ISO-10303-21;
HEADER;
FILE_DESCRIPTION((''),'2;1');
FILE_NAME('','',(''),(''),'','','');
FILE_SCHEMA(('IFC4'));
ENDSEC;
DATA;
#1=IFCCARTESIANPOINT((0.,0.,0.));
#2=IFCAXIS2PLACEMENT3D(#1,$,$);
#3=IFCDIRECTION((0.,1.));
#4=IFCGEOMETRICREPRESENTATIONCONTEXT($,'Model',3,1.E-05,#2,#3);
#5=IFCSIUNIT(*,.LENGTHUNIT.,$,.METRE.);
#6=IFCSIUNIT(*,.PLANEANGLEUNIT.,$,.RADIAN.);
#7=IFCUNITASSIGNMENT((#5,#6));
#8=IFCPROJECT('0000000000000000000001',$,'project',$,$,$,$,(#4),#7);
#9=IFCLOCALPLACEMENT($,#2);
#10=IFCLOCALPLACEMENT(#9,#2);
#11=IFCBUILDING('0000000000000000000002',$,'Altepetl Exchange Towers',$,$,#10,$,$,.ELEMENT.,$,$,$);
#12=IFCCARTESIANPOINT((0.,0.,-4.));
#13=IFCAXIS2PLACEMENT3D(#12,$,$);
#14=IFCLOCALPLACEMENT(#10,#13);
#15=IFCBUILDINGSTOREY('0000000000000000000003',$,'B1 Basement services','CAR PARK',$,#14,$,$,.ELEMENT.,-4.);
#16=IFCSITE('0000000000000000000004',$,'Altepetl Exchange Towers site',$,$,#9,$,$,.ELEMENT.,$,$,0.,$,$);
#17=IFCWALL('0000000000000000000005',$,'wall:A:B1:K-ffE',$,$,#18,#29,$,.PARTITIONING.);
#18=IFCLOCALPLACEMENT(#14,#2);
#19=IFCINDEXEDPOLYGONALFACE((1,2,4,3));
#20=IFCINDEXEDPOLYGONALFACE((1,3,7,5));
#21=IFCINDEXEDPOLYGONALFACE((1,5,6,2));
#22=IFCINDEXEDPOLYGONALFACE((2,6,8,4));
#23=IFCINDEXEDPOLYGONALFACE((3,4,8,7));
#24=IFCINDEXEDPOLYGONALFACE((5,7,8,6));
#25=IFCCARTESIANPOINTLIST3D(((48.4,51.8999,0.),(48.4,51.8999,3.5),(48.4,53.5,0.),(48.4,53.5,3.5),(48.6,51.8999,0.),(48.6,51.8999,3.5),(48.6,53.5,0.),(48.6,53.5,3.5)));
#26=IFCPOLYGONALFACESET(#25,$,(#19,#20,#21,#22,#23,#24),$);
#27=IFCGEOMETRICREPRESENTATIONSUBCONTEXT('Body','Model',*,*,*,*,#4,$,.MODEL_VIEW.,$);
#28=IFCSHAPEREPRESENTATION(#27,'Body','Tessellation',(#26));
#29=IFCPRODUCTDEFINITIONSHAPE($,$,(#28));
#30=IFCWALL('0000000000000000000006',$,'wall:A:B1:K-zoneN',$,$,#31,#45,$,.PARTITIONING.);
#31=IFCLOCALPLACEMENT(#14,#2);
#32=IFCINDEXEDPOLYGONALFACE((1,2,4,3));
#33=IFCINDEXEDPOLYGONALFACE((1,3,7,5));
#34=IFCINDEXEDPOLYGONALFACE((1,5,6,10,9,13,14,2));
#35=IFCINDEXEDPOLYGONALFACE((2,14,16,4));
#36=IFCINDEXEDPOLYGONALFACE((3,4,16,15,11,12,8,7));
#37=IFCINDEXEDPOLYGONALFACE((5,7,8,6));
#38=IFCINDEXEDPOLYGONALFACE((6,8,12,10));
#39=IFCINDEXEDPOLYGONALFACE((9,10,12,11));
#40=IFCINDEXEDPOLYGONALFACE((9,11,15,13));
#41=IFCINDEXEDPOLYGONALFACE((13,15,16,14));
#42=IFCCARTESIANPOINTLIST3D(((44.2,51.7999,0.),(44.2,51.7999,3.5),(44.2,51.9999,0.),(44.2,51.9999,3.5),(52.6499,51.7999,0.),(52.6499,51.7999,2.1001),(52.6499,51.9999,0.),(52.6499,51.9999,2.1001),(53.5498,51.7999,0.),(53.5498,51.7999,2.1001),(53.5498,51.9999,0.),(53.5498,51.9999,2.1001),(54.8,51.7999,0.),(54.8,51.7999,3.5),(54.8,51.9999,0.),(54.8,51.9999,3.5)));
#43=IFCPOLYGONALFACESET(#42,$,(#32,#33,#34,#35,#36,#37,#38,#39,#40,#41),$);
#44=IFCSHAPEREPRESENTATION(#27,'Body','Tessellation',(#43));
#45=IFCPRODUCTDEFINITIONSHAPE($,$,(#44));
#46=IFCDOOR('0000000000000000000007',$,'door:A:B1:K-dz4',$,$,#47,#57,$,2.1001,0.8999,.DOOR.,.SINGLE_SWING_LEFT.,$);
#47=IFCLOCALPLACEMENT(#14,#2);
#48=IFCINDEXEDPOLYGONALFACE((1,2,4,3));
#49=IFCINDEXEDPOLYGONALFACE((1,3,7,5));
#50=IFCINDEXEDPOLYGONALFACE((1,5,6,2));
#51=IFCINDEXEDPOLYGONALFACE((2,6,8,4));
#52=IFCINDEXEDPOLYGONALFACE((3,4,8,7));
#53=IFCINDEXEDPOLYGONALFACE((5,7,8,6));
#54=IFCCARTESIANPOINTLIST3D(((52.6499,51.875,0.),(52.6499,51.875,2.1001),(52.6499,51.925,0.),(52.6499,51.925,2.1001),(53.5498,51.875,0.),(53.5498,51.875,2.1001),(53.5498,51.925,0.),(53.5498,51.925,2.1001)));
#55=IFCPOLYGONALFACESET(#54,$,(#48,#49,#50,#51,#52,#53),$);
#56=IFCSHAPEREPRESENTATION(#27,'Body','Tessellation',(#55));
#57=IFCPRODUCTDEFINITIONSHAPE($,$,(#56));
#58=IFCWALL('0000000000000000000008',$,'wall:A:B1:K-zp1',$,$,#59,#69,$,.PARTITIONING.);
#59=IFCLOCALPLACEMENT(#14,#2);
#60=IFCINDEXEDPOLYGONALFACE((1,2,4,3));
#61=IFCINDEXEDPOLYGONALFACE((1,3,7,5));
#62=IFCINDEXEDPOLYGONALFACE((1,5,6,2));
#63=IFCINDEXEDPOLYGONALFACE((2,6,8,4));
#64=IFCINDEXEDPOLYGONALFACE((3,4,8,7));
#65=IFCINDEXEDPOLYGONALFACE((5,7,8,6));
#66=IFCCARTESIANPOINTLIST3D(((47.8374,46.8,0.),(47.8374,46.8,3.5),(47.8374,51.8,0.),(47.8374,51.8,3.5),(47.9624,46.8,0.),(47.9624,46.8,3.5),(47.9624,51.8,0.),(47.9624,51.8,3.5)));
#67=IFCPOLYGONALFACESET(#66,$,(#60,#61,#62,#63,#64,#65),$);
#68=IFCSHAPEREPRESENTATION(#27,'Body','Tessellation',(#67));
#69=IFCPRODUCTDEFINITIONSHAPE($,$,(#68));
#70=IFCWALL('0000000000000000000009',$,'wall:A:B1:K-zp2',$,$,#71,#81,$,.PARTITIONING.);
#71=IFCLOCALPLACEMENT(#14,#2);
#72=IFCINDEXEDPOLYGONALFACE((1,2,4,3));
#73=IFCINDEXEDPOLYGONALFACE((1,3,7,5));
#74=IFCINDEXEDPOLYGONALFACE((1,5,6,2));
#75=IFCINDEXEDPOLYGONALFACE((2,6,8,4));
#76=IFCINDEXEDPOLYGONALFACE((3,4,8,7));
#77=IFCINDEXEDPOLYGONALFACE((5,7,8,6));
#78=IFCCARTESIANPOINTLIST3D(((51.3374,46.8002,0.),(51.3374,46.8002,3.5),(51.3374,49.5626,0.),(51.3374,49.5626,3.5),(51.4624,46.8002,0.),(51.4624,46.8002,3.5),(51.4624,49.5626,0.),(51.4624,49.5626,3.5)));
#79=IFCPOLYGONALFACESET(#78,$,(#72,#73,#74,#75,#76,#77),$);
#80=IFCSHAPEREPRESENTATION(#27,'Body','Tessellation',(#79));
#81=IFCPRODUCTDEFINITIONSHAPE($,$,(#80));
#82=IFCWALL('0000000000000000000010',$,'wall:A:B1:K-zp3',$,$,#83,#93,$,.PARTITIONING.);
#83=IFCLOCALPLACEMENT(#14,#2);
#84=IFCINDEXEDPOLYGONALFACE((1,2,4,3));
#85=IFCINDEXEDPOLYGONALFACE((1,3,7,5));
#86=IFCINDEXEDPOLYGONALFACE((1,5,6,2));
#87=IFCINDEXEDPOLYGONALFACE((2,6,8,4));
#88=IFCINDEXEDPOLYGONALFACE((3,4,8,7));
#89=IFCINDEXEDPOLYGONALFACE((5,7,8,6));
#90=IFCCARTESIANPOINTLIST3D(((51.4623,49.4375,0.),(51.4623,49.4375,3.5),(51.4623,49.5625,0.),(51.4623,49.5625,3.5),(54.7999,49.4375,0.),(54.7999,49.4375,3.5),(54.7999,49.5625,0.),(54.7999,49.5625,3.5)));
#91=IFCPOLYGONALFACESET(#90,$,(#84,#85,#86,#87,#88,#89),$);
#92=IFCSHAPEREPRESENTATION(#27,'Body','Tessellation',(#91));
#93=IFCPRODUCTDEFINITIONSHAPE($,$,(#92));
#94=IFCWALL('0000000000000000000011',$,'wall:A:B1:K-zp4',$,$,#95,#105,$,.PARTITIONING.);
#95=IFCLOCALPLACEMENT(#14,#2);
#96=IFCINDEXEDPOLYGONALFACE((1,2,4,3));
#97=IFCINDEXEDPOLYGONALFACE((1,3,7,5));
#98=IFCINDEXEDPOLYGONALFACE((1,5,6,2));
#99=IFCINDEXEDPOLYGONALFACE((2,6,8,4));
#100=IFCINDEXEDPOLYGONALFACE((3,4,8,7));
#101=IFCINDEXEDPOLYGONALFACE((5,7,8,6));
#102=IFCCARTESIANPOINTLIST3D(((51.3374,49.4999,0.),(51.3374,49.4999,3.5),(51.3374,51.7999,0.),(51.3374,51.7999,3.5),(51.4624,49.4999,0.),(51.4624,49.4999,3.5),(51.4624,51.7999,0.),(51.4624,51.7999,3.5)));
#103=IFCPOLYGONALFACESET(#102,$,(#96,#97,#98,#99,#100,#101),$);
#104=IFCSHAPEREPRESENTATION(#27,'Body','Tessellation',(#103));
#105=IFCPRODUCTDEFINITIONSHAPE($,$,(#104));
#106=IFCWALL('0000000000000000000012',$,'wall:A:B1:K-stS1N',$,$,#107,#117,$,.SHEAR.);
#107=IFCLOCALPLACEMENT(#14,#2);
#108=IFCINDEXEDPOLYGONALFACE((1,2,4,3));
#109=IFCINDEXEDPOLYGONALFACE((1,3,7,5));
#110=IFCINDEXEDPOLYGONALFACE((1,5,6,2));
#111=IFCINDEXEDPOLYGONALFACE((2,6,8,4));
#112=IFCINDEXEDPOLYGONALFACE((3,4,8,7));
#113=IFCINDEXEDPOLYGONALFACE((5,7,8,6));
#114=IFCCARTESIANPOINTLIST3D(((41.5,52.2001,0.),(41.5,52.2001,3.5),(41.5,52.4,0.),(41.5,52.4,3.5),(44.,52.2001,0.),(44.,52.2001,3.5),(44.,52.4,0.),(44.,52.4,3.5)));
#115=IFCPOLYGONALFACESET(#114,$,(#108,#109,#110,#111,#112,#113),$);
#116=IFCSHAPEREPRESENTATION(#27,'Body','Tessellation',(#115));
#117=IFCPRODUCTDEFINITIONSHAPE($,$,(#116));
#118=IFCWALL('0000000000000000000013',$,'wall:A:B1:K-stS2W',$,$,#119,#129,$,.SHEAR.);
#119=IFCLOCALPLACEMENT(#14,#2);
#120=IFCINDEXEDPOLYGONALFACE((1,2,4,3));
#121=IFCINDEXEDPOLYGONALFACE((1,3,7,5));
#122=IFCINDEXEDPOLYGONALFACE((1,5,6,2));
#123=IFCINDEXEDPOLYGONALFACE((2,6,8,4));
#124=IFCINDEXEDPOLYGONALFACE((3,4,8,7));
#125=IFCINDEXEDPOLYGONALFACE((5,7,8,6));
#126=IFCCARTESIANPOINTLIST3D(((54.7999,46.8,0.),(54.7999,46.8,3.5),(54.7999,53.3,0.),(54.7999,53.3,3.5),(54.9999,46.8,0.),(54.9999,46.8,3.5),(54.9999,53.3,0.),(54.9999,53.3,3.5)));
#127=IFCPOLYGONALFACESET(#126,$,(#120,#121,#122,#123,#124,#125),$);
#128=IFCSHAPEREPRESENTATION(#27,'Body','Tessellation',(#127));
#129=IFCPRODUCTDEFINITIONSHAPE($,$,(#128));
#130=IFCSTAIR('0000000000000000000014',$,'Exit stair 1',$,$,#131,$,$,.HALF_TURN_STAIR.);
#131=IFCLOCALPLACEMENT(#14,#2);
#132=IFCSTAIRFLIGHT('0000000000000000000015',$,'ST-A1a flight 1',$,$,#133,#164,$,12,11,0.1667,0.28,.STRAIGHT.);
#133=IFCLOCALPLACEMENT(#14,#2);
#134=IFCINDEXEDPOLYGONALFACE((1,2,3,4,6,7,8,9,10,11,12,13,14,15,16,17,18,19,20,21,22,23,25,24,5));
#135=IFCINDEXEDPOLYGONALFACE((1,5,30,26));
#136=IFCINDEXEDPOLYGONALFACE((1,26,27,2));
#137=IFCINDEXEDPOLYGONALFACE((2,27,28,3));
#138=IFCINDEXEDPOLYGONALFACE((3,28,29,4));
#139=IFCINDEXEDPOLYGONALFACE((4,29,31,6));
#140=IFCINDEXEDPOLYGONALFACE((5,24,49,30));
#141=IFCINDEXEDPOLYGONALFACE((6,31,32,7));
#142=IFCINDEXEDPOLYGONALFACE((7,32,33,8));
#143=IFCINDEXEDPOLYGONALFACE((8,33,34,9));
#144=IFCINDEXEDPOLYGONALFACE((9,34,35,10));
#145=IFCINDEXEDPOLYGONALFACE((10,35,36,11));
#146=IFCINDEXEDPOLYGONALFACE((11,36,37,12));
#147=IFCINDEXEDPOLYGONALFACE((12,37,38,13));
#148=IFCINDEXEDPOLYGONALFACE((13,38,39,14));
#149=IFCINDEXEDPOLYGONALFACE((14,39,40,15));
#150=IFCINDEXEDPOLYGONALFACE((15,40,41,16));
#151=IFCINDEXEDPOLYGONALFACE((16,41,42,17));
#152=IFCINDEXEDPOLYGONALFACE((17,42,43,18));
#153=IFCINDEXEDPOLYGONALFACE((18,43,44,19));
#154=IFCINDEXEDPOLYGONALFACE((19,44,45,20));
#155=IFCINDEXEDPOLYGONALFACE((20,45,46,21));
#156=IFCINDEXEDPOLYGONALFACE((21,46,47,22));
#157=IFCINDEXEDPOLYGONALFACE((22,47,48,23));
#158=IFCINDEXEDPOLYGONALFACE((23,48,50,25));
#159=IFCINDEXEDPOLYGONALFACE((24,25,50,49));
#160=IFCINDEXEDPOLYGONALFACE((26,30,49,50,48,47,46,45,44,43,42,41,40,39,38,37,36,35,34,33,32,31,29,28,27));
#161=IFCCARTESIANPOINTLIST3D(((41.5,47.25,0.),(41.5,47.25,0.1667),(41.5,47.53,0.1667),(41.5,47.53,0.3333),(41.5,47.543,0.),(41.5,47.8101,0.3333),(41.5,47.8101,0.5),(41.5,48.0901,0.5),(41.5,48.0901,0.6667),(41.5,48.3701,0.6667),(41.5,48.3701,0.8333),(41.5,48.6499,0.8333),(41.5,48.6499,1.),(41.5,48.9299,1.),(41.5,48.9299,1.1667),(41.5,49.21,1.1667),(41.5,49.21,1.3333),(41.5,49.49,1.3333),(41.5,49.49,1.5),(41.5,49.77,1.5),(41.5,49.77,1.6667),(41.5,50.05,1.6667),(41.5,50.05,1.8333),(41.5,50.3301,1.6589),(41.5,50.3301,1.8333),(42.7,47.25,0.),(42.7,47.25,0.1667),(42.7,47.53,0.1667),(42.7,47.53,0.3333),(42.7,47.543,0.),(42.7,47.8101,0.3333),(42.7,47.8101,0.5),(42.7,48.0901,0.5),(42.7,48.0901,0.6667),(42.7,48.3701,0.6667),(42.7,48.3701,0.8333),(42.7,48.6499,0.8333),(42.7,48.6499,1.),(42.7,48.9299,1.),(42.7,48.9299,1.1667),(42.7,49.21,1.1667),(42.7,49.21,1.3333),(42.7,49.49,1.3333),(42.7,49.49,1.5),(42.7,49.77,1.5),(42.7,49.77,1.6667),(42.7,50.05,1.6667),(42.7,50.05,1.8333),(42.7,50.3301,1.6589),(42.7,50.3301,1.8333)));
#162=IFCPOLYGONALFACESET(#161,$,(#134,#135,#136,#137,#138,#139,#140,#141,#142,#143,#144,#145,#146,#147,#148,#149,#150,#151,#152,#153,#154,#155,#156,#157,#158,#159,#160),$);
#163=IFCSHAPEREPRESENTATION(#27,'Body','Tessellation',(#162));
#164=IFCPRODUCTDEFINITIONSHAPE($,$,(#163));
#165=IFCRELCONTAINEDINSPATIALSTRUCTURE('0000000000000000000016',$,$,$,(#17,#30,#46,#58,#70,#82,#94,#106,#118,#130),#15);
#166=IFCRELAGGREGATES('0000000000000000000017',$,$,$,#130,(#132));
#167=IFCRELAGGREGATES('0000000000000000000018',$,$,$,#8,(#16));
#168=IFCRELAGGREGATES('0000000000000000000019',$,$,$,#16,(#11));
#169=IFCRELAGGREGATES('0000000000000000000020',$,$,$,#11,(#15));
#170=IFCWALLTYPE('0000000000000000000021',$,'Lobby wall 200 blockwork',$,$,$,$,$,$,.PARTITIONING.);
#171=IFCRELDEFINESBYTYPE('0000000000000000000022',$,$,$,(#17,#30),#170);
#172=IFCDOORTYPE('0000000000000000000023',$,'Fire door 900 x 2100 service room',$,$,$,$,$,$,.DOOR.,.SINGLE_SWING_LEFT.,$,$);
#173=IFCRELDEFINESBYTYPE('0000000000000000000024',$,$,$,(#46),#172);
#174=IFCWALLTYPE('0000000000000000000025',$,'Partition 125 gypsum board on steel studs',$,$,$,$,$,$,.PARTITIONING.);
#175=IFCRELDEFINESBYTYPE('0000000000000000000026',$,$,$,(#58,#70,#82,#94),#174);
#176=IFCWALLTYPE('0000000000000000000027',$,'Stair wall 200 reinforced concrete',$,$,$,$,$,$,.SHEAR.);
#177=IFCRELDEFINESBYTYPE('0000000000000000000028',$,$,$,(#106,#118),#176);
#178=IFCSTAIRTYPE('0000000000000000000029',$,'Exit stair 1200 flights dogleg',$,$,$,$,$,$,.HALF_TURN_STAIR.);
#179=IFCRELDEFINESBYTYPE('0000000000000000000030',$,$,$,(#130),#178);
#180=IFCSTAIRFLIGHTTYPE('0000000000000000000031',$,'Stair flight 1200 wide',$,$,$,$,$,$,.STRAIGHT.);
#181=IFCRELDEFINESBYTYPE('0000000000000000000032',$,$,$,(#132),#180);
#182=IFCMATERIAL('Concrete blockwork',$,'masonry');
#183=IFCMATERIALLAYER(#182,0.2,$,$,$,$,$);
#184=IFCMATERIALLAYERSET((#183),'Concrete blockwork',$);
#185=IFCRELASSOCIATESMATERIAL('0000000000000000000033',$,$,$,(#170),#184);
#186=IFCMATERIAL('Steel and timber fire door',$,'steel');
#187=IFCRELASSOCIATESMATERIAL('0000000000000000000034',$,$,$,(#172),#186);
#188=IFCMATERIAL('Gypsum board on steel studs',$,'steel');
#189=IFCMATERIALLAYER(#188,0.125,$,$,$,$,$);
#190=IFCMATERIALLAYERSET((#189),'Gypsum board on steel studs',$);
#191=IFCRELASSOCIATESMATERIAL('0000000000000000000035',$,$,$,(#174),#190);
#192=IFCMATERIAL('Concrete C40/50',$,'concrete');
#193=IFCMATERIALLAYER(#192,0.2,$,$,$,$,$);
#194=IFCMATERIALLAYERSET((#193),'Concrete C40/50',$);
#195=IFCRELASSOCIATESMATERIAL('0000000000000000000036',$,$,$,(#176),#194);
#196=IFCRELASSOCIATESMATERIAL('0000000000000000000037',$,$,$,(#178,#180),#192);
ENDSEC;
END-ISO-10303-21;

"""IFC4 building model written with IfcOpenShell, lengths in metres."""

from ifc_helpers import new_model, si_unit, direction, frame, frame_2d, origin, place, context, subcontext, project, spatial, polyline, rectangle, outline, extrude, material, layer, layer_set, type_object, element, fill, aggregate, save


model = new_model("IFC4")

# Units and contexts
model_context = context("Model", 3, precision=1e-05, world=origin(), true_north=direction((0.0, 1.0)))
body_context = subcontext(model_context, "Body", "Model", "MODEL_VIEW")
ifc_project = project(units=[si_unit("LENGTHUNIT", "METRE"), si_unit("PLANEANGLEUNIT", "RADIAN")], contexts=[model_context])

# Site, building, storey
site_placement = place(None, origin())
site = spatial("IfcSite", under=ifc_project, at=site_placement, Name="Altepetl Exchange Towers site", CompositionType="ELEMENT", RefElevation=0.0)
building_placement = place(site_placement, origin())
building = spatial("IfcBuilding", under=site, at=building_placement, Name="Altepetl Exchange Towers", CompositionType="ELEMENT")
storey_placement = place(building_placement, frame((0.0, 0.0, -4.0)))
storey = spatial("IfcBuildingStorey", under=building, at=storey_placement, Name="B1 Basement services", Description="CAR PARK", CompositionType="ELEMENT", Elevation=-4.0)

# Wall
ifc_material_1 = material(Name="Concrete blockwork", Category="masonry")
ifc_layer_1 = layer(ifc_material_1, 0.2)
ifc_layer_set_1 = layer_set([ifc_layer_1], Name="Concrete blockwork")
wall_type_1 = type_object("IfcWallType", Name="Lobby wall 200 blockwork", PredefinedType="PARTITIONING", material=ifc_layer_set_1)
wall_1_placement = place(storey_placement, frame((48.5, 51.8999, 0.0), z_axis=(0.0, 0.0, 1.0), x_axis=(0.0, 1.0, 0.0)))
element("IfcWall", 1, at=wall_1_placement, inside=storey, type_object=wall_type_1, Name="wall:A:B1:K-ffE", PredefinedType="PARTITIONING", context=body_context, shape_type="SweptSolid", body=[
    extrude(rectangle(XDim=1.6001, YDim=0.2, at=frame_2d((0.8, 0.0))), origin(), (0.0, 0.0, 1.0), 3.5),
])

# Wall, opening, door
wall_2_placement = place(storey_placement, frame((44.2, 51.8999, 0.0)))
wall_2 = element("IfcWall", 2, at=wall_2_placement, inside=storey, type_object=wall_type_1, Name="wall:A:B1:K-zoneN", PredefinedType="PARTITIONING", context=body_context, shape_type="SweptSolid", body=[
    extrude(rectangle(XDim=10.6001, YDim=0.2, at=frame_2d((5.3, 0.0))), origin(), (0.0, 0.0, 1.0), 3.5),
])
opening_placement = place(wall_2_placement, frame((8.45, 0.0, 0.0)))
opening = element("IfcOpeningElement", 3, at=opening_placement, cuts=wall_2, PredefinedType="OPENING", context=body_context, shape_type="SweptSolid", body=[
    extrude(rectangle(XDim=0.8999, YDim=2.1001, at=frame_2d((0.45, 1.05))), frame((0.0, 0.1099, 0.0), z_axis=(0.0, -1.0, 0.0), x_axis=(1.0, 0.0, 0.0)), (0.0, 0.0, 1.0), 0.22),
])
ifc_material_2 = material(Name="Steel and timber fire door", Category="steel")
door_type = type_object("IfcDoorType", Name="Fire door 900 x 2100 service room", OperationType="SINGLE_SWING_LEFT", PredefinedType="DOOR", material=ifc_material_2)
door_placement = place(opening_placement, frame((0.8999, 0.0, 0.0), x_axis=(-1.0, 0.0, 0.0)))
door = element("IfcDoor", 4, at=door_placement, inside=storey, type_object=door_type, Name="door:A:B1:K-dz4", OperationType="SINGLE_SWING_LEFT", OverallHeight=2.1001, OverallWidth=0.8999, PredefinedType="DOOR", context=body_context, shape_type="SweptSolid", body=[
    extrude(rectangle(XDim=0.8999, YDim=2.1001, at=frame_2d((0.45, 1.05))), frame((0.0, 0.0249, 0.0), z_axis=(0.0, -1.0, 0.0), x_axis=(1.0, 0.0, 0.0)), (0.0, 0.0, 1.0), 0.05),
])
fill(opening, door)

# Walls
ifc_material_3 = material(Name="Gypsum board on steel studs", Category="steel")
ifc_layer_2 = layer(ifc_material_3, 0.125)
ifc_layer_set_2 = layer_set([ifc_layer_2], Name="Gypsum board on steel studs")
wall_type_2 = type_object("IfcWallType", Name="Partition 125 gypsum board on steel studs", PredefinedType="PARTITIONING", material=ifc_layer_set_2)
wall_3_placement = place(storey_placement, frame((47.8999, 46.8, 0.0), z_axis=(0.0, 0.0, 1.0), x_axis=(0.0, 1.0, 0.0)))
element("IfcWall", 5, at=wall_3_placement, inside=storey, type_object=wall_type_2, Name="wall:A:B1:K-zp1", PredefinedType="PARTITIONING", context=body_context, shape_type="SweptSolid", body=[
    extrude(rectangle(XDim=5.0, YDim=0.125, at=frame_2d((2.5, 0.0))), origin(), (0.0, 0.0, 1.0), 3.5),
])
wall_4_placement = place(storey_placement, frame((51.3999, 46.8, 0.0), z_axis=(0.0, 0.0, 1.0), x_axis=(0.0, 1.0, 0.0)))
element("IfcWall", 6, at=wall_4_placement, inside=storey, type_object=wall_type_2, Name="wall:A:B1:K-zp2", PredefinedType="PARTITIONING", context=body_context, shape_type="SweptSolid", body=[
    extrude(rectangle(XDim=2.7625, YDim=0.125, at=frame_2d((1.3813, 0.0))), origin(), (0.0, 0.0, 1.0), 3.5),
])
wall_5_placement = place(storey_placement, frame((54.8, 49.5, 0.0), z_axis=(0.0, 0.0, 1.0), x_axis=(-1.0, 0.0, 0.0)))
element("IfcWall", 7, at=wall_5_placement, inside=storey, type_object=wall_type_2, Name="wall:A:B1:K-zp3", PredefinedType="PARTITIONING", context=body_context, shape_type="SweptSolid", body=[
    extrude(rectangle(XDim=3.3376, YDim=0.125, at=frame_2d((1.6689, 0.0))), origin(), (0.0, 0.0, 1.0), 3.5),
])
wall_6_placement = place(storey_placement, frame((51.3999, 49.5, 0.0), z_axis=(0.0, 0.0, 1.0), x_axis=(0.0, 1.0, 0.0)))
element("IfcWall", 8, at=wall_6_placement, inside=storey, type_object=wall_type_2, Name="wall:A:B1:K-zp4", PredefinedType="PARTITIONING", context=body_context, shape_type="SweptSolid", body=[
    extrude(rectangle(XDim=2.3, YDim=0.125, at=frame_2d((1.1499, 0.0))), origin(), (0.0, 0.0, 1.0), 3.5),
])
ifc_material_4 = material(Name="Concrete C40/50", Category="concrete")
ifc_layer_3 = layer(ifc_material_4, 0.2)
ifc_layer_set_3 = layer_set([ifc_layer_3], Name="Concrete C40/50")
wall_type_3 = type_object("IfcWallType", Name="Stair wall 200 reinforced concrete", PredefinedType="SHEAR", material=ifc_layer_set_3)
wall_7_placement = place(storey_placement, frame((41.5, 52.3, 0.0)))
element("IfcWall", 9, at=wall_7_placement, inside=storey, type_object=wall_type_3, Name="wall:A:B1:K-stS1N", PredefinedType="SHEAR", context=body_context, shape_type="SweptSolid", body=[
    extrude(rectangle(XDim=2.5, YDim=0.2, at=frame_2d((1.25, 0.0))), origin(), (0.0, 0.0, 1.0), 3.5),
])
wall_8_placement = place(storey_placement, frame((54.8999, 46.8, 0.0), z_axis=(0.0, 0.0, 1.0), x_axis=(0.0, 1.0, 0.0)))
element("IfcWall", 10, at=wall_8_placement, inside=storey, type_object=wall_type_3, Name="wall:A:B1:K-stS2W", PredefinedType="SHEAR", context=body_context, shape_type="SweptSolid", body=[
    extrude(rectangle(XDim=6.5, YDim=0.2, at=frame_2d((3.25, 0.0))), origin(), (0.0, 0.0, 1.0), 3.5),
])

# Stair, stair flight
stair_type = type_object("IfcStairType", Name="Exit stair 1200 flights dogleg", PredefinedType="HALF_TURN_STAIR", material=ifc_material_4)
stair_1_placement = place(storey_placement, origin())
stair_1 = element("IfcStair", 11, at=stair_1_placement, inside=storey, type_object=stair_type, Name="Exit stair 1", PredefinedType="HALF_TURN_STAIR")
stair_flight_type = type_object("IfcStairFlightType", Name="Stair flight 1200 wide", PredefinedType="STRAIGHT", material=ifc_material_4)
stair_flight_1_placement = place(storey_placement, frame((42.1001, 47.25, 0.0), z_axis=(0.0, 0.0, 1.0), x_axis=(0.0, 1.0, 0.0)))
stair_flight_1 = element("IfcStairFlight", 12, at=stair_flight_1_placement, type_object=stair_flight_type, Name="ST-A1a flight 1", NumberOfRisers=12, NumberOfTreads=11, PredefinedType="STRAIGHT", RiserHeight=0.1667, TreadLength=0.28, context=body_context, shape_type="SweptSolid", body=[
    extrude(outline(polyline([(0.0, 0.0), (0.0, 0.1667), (0.28, 0.1667), (0.28, 0.3333), (0.5601, 0.3333), (0.5601, 0.5), (0.8401, 0.5), (0.8401, 0.6667), (1.1201, 0.6667), (1.1201, 0.8333), (1.3999, 0.8333), (1.3999, 1.0), (1.6799, 1.0), (1.6799, 1.1667), (1.96, 1.1667), (1.96, 1.3333), (2.24, 1.3333), (2.24, 1.5), (2.52, 1.5), (2.52, 1.6667), (2.8, 1.6667), (2.8, 1.8333), (3.0801, 1.8333), (3.0801, 2.0), (3.0801, 1.6589), (0.293, 0.0), (0.0, 0.0)])), frame((0.0, 0.6001, 0.0), z_axis=(0.0, -1.0, 0.0), x_axis=(1.0, 0.0, 0.0)), (0.0, 0.0, 1.0), 1.2),
])
aggregate(stair_1, [stair_flight_1])

save(model, "model.ifc")
